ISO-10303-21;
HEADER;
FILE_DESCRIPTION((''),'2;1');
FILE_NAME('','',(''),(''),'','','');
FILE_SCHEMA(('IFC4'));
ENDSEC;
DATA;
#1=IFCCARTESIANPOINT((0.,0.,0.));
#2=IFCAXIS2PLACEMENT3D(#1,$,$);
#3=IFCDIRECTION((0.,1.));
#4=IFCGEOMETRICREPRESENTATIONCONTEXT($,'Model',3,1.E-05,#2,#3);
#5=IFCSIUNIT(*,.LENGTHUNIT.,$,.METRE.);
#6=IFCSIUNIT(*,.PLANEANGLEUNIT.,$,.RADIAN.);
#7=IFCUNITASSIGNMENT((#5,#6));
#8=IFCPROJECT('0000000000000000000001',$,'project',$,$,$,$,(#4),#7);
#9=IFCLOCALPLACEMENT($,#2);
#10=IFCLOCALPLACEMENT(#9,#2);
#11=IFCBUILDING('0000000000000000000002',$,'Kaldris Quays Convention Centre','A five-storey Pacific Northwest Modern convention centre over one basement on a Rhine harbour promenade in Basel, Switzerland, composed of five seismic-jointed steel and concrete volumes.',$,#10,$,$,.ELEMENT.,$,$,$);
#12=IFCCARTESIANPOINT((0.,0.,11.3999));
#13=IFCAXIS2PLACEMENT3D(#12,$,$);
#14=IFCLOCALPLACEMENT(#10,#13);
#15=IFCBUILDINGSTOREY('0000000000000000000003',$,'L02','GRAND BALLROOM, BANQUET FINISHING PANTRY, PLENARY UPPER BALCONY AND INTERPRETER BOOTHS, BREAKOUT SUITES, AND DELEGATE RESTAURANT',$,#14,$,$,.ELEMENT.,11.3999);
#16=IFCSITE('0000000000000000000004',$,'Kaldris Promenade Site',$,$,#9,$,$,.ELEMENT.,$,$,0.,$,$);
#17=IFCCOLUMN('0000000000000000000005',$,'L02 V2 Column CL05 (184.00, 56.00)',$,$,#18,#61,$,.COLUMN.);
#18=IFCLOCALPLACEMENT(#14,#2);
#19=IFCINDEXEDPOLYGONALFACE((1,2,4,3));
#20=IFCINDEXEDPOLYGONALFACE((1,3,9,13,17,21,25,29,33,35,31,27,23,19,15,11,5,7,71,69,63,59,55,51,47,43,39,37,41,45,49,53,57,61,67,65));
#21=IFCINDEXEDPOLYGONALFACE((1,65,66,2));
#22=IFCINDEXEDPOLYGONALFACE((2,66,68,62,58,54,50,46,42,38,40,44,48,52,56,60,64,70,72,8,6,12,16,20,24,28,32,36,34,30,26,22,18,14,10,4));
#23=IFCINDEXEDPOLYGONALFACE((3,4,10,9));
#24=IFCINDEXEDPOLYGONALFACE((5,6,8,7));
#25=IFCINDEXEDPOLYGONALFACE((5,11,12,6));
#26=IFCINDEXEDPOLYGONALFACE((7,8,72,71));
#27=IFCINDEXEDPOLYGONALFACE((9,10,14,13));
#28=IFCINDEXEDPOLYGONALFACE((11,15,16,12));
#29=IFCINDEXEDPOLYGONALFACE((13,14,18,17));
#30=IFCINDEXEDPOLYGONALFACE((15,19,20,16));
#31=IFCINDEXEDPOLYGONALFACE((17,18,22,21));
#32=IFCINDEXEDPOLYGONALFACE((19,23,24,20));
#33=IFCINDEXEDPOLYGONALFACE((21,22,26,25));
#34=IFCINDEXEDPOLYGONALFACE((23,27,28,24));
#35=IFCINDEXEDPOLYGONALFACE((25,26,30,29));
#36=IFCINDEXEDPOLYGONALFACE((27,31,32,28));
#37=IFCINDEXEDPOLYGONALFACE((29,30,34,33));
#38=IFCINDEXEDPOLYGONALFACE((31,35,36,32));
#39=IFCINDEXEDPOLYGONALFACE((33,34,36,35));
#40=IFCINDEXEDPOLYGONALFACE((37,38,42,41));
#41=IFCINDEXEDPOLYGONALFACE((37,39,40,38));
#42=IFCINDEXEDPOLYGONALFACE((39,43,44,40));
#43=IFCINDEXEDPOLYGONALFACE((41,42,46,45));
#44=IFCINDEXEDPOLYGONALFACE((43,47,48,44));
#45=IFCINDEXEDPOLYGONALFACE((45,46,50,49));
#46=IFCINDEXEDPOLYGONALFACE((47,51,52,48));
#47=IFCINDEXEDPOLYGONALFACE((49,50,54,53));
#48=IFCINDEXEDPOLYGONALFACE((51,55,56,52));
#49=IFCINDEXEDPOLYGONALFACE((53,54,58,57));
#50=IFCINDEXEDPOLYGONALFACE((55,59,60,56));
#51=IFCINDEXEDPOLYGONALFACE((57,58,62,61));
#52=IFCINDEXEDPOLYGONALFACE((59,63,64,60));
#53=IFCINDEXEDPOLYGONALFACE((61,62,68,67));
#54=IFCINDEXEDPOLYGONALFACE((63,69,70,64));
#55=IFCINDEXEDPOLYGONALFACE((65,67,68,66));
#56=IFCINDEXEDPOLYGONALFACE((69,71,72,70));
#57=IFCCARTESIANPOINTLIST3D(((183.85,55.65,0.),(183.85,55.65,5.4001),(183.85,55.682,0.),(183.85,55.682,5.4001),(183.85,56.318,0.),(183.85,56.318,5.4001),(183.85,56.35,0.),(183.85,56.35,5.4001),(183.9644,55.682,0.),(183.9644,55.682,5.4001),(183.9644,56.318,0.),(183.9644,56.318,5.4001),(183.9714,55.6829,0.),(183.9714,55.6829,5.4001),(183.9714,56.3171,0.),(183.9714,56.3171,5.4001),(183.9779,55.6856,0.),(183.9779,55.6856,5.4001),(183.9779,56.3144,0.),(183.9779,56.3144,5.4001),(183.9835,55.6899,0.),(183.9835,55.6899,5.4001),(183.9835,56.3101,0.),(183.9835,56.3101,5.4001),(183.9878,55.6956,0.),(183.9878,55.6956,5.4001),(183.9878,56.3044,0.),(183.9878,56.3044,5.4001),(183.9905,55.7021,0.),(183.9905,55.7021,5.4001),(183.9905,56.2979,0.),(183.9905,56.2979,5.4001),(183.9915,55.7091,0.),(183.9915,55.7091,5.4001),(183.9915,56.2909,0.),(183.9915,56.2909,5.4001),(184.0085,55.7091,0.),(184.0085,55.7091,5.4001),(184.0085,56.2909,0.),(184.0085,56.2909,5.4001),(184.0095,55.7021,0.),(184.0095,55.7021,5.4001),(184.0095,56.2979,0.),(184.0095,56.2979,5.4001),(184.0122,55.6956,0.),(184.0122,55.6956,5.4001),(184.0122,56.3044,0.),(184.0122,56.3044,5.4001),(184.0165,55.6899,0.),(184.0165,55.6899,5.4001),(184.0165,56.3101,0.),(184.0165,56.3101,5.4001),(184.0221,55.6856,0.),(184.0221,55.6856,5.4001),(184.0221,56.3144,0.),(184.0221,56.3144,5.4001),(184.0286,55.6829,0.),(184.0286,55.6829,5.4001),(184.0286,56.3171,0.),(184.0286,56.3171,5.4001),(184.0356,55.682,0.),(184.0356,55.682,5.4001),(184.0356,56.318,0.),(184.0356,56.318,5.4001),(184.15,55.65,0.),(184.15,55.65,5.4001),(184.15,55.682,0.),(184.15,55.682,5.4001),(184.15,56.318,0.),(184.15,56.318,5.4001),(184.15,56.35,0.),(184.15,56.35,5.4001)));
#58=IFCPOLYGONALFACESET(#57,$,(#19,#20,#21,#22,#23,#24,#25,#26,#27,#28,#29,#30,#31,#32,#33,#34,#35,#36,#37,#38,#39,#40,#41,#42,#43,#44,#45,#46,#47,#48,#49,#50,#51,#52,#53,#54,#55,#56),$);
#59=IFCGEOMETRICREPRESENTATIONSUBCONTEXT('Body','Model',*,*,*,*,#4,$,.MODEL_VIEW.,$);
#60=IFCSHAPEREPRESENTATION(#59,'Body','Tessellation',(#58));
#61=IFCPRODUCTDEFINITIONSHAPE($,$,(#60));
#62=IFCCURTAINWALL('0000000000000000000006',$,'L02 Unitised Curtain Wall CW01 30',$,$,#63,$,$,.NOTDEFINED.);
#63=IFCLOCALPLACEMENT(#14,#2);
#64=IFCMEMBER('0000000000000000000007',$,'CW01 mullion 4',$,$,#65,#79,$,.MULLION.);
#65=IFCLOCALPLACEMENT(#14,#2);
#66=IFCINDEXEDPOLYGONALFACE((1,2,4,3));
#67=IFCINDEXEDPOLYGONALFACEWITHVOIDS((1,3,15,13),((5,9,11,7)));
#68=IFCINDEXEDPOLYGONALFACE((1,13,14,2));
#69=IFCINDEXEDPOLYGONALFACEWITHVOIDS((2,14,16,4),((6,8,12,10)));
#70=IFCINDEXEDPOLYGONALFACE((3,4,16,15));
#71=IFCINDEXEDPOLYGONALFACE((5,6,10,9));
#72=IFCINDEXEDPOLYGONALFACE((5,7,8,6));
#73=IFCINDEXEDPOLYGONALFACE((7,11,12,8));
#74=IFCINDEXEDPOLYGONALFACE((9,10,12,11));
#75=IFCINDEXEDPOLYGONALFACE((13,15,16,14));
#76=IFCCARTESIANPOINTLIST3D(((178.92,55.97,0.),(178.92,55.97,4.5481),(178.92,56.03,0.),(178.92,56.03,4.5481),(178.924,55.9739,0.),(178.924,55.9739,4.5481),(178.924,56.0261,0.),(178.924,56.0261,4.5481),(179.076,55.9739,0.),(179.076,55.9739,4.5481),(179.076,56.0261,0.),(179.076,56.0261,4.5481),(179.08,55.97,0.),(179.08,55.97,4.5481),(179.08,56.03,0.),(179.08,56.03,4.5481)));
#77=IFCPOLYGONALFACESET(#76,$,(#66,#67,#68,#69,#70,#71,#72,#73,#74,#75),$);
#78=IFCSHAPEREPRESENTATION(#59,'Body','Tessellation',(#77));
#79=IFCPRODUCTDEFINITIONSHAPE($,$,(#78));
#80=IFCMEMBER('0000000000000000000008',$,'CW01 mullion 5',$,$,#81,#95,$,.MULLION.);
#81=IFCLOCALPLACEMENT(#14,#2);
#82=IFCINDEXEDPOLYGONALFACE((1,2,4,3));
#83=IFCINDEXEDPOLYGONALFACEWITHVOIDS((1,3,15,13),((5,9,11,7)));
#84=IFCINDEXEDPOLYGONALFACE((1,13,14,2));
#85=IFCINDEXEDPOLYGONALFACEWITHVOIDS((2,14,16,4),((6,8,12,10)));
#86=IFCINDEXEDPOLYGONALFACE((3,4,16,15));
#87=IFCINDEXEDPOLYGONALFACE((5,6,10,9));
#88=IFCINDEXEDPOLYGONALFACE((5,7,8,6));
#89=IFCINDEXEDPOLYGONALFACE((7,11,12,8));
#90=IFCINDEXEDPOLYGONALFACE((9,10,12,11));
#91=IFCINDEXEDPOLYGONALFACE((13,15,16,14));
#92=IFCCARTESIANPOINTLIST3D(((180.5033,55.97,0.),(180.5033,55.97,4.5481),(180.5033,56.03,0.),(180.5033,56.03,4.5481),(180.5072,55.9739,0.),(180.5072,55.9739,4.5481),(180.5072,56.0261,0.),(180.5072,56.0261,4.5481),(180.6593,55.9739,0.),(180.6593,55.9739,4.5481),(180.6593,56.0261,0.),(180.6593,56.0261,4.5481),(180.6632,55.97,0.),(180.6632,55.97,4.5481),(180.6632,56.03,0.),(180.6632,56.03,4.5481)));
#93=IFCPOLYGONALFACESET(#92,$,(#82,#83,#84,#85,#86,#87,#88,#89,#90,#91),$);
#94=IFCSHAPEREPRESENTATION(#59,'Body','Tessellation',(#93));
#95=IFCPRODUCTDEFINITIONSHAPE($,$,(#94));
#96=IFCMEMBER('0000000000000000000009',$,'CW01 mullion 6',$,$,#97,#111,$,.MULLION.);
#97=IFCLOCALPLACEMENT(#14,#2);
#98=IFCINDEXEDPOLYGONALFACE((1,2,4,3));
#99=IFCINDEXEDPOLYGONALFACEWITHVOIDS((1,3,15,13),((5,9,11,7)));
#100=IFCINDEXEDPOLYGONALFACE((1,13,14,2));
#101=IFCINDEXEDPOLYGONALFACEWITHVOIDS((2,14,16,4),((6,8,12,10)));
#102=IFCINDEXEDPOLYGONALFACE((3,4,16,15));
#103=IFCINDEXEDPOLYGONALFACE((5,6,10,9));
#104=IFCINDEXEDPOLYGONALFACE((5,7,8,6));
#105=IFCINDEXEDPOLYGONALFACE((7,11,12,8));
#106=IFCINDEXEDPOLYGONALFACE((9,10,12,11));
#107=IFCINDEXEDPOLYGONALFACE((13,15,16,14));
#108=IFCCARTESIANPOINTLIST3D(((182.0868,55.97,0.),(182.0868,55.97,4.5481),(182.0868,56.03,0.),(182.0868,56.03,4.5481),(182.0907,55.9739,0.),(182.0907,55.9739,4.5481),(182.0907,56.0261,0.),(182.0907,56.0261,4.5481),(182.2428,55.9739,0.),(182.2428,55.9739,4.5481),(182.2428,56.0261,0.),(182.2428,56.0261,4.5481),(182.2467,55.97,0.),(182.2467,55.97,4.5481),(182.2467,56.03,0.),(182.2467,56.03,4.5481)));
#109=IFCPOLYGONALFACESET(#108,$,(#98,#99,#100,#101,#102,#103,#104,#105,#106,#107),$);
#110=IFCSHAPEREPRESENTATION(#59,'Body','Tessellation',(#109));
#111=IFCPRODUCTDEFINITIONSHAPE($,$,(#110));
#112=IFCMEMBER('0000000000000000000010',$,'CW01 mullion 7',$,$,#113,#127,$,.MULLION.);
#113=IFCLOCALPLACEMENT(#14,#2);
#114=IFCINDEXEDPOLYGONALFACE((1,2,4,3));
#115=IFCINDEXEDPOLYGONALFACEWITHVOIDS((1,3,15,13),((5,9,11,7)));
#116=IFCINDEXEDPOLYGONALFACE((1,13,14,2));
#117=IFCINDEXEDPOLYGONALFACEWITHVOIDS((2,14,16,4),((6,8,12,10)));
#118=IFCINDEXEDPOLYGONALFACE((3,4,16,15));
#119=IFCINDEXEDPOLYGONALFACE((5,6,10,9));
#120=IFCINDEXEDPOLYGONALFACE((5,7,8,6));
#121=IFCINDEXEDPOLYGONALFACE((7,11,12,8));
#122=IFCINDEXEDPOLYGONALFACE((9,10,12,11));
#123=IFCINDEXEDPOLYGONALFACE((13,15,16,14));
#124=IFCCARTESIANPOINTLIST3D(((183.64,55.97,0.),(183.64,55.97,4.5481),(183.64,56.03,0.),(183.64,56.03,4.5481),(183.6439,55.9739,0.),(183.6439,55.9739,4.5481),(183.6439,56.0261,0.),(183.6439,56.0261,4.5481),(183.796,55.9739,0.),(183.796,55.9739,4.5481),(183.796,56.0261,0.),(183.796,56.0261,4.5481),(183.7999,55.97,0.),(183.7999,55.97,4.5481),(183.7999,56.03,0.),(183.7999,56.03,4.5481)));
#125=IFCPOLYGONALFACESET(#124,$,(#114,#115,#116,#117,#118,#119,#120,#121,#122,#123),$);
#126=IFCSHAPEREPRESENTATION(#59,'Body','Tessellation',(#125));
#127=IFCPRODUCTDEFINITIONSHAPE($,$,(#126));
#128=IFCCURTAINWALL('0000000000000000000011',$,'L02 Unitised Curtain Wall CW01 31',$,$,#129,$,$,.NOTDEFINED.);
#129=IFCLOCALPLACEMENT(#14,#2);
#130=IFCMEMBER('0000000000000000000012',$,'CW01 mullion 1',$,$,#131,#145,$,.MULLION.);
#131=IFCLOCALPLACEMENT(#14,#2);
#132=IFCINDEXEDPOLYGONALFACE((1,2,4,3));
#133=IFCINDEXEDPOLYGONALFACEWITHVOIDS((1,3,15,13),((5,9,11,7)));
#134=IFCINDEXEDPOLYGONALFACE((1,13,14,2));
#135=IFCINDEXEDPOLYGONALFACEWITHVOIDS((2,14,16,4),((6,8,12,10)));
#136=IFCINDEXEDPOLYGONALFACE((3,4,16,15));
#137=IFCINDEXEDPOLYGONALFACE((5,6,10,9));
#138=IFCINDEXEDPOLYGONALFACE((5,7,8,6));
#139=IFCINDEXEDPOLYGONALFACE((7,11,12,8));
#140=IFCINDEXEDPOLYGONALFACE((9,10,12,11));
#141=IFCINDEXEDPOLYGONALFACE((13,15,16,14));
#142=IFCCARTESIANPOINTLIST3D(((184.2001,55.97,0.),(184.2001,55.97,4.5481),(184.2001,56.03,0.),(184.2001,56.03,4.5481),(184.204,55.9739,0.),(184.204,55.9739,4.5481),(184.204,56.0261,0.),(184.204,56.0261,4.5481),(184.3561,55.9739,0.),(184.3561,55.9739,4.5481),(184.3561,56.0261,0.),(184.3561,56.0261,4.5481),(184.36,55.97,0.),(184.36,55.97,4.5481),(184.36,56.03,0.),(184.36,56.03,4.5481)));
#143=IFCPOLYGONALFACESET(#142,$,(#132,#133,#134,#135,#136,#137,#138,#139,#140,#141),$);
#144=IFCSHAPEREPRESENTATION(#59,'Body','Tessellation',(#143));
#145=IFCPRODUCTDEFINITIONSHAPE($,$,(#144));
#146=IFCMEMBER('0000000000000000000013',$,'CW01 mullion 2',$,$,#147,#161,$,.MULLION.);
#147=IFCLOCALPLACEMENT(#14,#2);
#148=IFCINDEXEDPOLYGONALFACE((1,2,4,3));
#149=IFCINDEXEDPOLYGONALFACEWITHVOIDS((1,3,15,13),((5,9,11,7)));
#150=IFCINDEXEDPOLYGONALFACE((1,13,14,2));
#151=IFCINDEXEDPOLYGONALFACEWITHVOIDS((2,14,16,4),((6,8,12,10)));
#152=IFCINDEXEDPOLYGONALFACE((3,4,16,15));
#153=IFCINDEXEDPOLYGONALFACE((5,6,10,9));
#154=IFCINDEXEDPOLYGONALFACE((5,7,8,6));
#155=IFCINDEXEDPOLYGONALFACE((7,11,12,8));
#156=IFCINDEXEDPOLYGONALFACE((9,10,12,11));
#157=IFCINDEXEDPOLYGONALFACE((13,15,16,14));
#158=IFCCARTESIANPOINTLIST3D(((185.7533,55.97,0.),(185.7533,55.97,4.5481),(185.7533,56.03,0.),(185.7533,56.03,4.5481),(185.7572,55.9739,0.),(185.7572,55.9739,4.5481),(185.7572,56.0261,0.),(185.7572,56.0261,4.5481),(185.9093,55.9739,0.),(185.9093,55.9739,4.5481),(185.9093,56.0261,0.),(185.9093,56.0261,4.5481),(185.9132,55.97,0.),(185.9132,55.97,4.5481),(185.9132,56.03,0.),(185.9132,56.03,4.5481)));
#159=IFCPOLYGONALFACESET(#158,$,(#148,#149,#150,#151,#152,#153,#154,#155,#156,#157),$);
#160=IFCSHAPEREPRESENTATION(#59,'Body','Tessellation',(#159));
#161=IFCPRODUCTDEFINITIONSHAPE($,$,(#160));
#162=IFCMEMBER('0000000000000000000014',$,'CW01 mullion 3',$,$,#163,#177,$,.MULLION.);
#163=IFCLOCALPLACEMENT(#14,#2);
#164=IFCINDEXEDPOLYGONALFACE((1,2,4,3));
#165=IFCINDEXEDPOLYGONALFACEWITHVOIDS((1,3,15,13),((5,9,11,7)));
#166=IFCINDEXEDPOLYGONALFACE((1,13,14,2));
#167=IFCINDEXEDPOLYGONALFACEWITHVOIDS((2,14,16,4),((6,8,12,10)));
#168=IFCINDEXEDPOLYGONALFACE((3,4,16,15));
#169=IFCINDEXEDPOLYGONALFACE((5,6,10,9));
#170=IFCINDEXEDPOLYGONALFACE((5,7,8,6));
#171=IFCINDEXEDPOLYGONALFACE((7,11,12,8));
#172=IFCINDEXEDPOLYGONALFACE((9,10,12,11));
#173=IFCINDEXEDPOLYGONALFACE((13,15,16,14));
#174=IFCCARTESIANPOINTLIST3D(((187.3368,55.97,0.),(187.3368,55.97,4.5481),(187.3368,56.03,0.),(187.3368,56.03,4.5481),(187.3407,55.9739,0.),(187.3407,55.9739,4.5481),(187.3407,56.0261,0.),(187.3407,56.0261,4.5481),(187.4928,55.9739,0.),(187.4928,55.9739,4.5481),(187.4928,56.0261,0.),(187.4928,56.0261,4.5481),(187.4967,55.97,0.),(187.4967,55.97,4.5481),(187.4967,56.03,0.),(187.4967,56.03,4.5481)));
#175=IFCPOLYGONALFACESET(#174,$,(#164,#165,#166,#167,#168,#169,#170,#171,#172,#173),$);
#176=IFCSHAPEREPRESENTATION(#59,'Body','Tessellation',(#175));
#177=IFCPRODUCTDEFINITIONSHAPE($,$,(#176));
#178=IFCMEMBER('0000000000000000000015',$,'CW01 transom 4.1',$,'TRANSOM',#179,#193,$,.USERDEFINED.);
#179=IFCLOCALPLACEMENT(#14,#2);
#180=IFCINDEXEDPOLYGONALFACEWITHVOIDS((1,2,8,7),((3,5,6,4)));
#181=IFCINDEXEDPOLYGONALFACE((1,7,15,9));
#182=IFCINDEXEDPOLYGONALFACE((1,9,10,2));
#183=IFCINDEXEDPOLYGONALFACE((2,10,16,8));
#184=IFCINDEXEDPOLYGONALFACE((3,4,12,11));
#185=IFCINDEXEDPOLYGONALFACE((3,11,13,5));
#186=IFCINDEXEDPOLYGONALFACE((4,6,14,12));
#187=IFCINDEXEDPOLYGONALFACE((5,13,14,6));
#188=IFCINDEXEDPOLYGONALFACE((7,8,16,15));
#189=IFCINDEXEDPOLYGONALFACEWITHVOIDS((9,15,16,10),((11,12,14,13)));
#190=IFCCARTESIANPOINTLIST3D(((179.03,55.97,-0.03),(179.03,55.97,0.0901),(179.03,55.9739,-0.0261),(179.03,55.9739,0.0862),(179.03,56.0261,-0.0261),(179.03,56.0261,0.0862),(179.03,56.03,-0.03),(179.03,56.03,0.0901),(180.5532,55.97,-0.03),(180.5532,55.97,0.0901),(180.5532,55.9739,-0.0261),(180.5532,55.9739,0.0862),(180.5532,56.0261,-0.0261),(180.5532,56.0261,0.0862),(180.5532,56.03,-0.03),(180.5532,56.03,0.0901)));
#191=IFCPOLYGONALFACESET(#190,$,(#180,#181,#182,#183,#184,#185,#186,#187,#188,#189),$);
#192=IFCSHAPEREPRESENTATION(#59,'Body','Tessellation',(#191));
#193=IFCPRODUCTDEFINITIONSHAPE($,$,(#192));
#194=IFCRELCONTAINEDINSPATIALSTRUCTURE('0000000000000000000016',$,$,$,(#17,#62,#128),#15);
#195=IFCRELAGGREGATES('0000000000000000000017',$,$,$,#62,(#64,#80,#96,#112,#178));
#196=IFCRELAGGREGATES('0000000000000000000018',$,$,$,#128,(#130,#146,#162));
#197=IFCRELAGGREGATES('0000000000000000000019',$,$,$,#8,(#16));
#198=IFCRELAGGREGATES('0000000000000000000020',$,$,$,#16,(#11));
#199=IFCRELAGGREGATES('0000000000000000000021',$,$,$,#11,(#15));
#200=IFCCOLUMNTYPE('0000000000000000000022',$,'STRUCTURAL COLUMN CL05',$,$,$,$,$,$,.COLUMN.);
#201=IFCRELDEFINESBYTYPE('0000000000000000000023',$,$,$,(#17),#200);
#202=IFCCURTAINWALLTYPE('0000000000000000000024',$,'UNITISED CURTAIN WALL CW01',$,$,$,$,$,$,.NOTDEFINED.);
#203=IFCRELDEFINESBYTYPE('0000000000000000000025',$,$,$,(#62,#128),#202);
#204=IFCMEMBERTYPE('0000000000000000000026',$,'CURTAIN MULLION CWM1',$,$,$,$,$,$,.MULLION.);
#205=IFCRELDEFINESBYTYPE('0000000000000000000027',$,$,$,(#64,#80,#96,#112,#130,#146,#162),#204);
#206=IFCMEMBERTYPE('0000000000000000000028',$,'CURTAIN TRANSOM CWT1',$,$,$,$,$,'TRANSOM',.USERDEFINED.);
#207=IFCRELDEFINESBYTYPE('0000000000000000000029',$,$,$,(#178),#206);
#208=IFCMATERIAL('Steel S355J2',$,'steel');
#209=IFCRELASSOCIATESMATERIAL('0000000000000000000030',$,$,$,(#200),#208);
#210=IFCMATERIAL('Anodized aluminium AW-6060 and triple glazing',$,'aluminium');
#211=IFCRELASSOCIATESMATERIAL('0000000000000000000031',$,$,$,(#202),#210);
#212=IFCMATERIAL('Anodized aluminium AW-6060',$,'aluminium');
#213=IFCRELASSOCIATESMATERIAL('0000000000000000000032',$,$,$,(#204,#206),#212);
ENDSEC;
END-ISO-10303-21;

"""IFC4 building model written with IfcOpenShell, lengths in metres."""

from ifc_helpers import new_model, si_unit, direction, frame, origin, origin_2d, place, context, subcontext, project, spatial, hollow_rectangle, i_section, extrude, material, material_profile, profile_set, type_object, element, aggregate, save


model = new_model("IFC4")

# Units and contexts
model_context = context("Model", 3, precision=1e-05, world=origin(), true_north=direction((0.0, 1.0)))
body_context = subcontext(model_context, "Body", "Model", "MODEL_VIEW")
ifc_project = project(units=[si_unit("LENGTHUNIT", "METRE"), si_unit("PLANEANGLEUNIT", "RADIAN")], contexts=[model_context])

# Site, building, storey
site_placement = place(None, origin())
site = spatial("IfcSite", under=ifc_project, at=site_placement, Name="Kaldris Promenade Site", CompositionType="ELEMENT", RefElevation=0.0)
building_placement = place(site_placement, origin())
building = spatial("IfcBuilding", under=site, at=building_placement, Name="Kaldris Quays Convention Centre", Description="A five-storey Pacific Northwest Modern convention centre over one basement on a Rhine harbour promenade in Basel, Switzerland, composed of five seismic-jointed steel and concrete volumes.", CompositionType="ELEMENT")
storey_placement = place(building_placement, frame((0.0, 0.0, 11.3999)))
storey = spatial("IfcBuildingStorey", under=building, at=storey_placement, Name="L02", Description="GRAND BALLROOM, BANQUET FINISHING PANTRY, PLENARY UPPER BALCONY AND INTERPRETER BOOTHS, BREAKOUT SUITES, AND DELEGATE RESTAURANT", CompositionType="ELEMENT", Elevation=11.3999)

# Column
ifc_material_1 = material(Name="Steel S355J2", Category="steel")
ifc_material_profile_1 = material_profile(ifc_material_1, i_section(OverallWidth=0.3, OverallDepth=0.7, WebThickness=0.0171, FlangeThickness=0.032, FilletRadius=0.0271, at=origin_2d()), Name="HEB 700")
ifc_profile_set_1 = profile_set([ifc_material_profile_1], Name="Steel S355J2")
column_type = type_object("IfcColumnType", Name="STRUCTURAL COLUMN CL05", PredefinedType="COLUMN", material=ifc_profile_set_1)
column_placement = place(storey_placement, frame((184.0, 56.0, 0.0), z_axis=(0.0, 0.0, 1.0), x_axis=(1.0, 0.0, 0.0)))
element("IfcColumn", 1, at=column_placement, inside=storey, type_object=column_type, Name="L02 V2 Column CL05 (184.00, 56.00)", PredefinedType="COLUMN", context=body_context, shape_type="SweptSolid", body=[
    extrude(i_section(OverallWidth=0.3, OverallDepth=0.7, WebThickness=0.0171, FlangeThickness=0.032, FilletRadius=0.0271, at=origin_2d()), origin(), (0.0, 0.0, 1.0), 5.4001),
])

# Curtain walls, members
ifc_material_2 = material(Name="Anodized aluminium AW-6060 and triple glazing", Category="aluminium")
curtain_wall_type = type_object("IfcCurtainWallType", Name="UNITISED CURTAIN WALL CW01", PredefinedType="NOTDEFINED", material=ifc_material_2)
curtain_wall_1_placement = place(storey_placement, origin())
curtain_wall_1 = element("IfcCurtainWall", 2, at=curtain_wall_1_placement, inside=storey, type_object=curtain_wall_type, Name="L02 Unitised Curtain Wall CW01 30", PredefinedType="NOTDEFINED")
ifc_material_3 = material(Name="Anodized aluminium AW-6060", Category="aluminium")
ifc_material_profile_2 = material_profile(ifc_material_3, hollow_rectangle(XDim=0.0601, YDim=0.1599, WallThickness=0.0039, at=origin_2d()), Name="RHS 160x60x4")
ifc_profile_set_2 = profile_set([ifc_material_profile_2], Name="Anodized aluminium AW-6060")
member_type_1 = type_object("IfcMemberType", Name="CURTAIN MULLION CWM1", PredefinedType="MULLION", material=ifc_profile_set_2)
member_1_placement = place(storey_placement, frame((179.0, 56.0, 0.0), z_axis=(0.0, 0.0, 1.0), x_axis=(0.0, 1.0, 0.0)))
member_1 = element("IfcMember", 3, at=member_1_placement, type_object=member_type_1, Name="CW01 mullion 4", PredefinedType="MULLION", context=body_context, shape_type="SweptSolid", body=[
    extrude(hollow_rectangle(XDim=0.0601, YDim=0.1599, WallThickness=0.0039, at=origin_2d()), origin(), (0.0, 0.0, 1.0), 4.5481),
])
member_2_placement = place(storey_placement, frame((180.5833, 56.0, 0.0), z_axis=(0.0, 0.0, 1.0), x_axis=(0.0, 1.0, 0.0)))
member_2 = element("IfcMember", 4, at=member_2_placement, type_object=member_type_1, Name="CW01 mullion 5", PredefinedType="MULLION", context=body_context, shape_type="SweptSolid", body=[
    extrude(hollow_rectangle(XDim=0.0601, YDim=0.1599, WallThickness=0.0039, at=origin_2d()), origin(), (0.0, 0.0, 1.0), 4.5481),
])
member_3_placement = place(storey_placement, frame((182.1667, 56.0, 0.0), z_axis=(0.0, 0.0, 1.0), x_axis=(0.0, 1.0, 0.0)))
member_3 = element("IfcMember", 5, at=member_3_placement, type_object=member_type_1, Name="CW01 mullion 6", PredefinedType="MULLION", context=body_context, shape_type="SweptSolid", body=[
    extrude(hollow_rectangle(XDim=0.0601, YDim=0.1599, WallThickness=0.0039, at=origin_2d()), origin(), (0.0, 0.0, 1.0), 4.5481),
])
member_4_placement = place(storey_placement, frame((183.72, 56.0, 0.0), z_axis=(0.0, 0.0, 1.0), x_axis=(0.0, 1.0, 0.0)))
member_4 = element("IfcMember", 6, at=member_4_placement, type_object=member_type_1, Name="CW01 mullion 7", PredefinedType="MULLION", context=body_context, shape_type="SweptSolid", body=[
    extrude(hollow_rectangle(XDim=0.0601, YDim=0.1599, WallThickness=0.0039, at=origin_2d()), origin(), (0.0, 0.0, 1.0), 4.5481),
])
curtain_wall_2_placement = place(storey_placement, origin())
curtain_wall_2 = element("IfcCurtainWall", 7, at=curtain_wall_2_placement, inside=storey, type_object=curtain_wall_type, Name="L02 Unitised Curtain Wall CW01 31", PredefinedType="NOTDEFINED")
member_5_placement = place(storey_placement, frame((184.28, 56.0, 0.0), z_axis=(0.0, 0.0, 1.0), x_axis=(0.0, 1.0, 0.0)))
member_5 = element("IfcMember", 8, at=member_5_placement, type_object=member_type_1, Name="CW01 mullion 1", PredefinedType="MULLION", context=body_context, shape_type="SweptSolid", body=[
    extrude(hollow_rectangle(XDim=0.0601, YDim=0.1599, WallThickness=0.0039, at=origin_2d()), origin(), (0.0, 0.0, 1.0), 4.5481),
])
member_6_placement = place(storey_placement, frame((185.8333, 56.0, 0.0), z_axis=(0.0, 0.0, 1.0), x_axis=(0.0, 1.0, 0.0)))
member_6 = element("IfcMember", 9, at=member_6_placement, type_object=member_type_1, Name="CW01 mullion 2", PredefinedType="MULLION", context=body_context, shape_type="SweptSolid", body=[
    extrude(hollow_rectangle(XDim=0.0601, YDim=0.1599, WallThickness=0.0039, at=origin_2d()), origin(), (0.0, 0.0, 1.0), 4.5481),
])
member_7_placement = place(storey_placement, frame((187.4167, 56.0, 0.0), z_axis=(0.0, 0.0, 1.0), x_axis=(0.0, 1.0, 0.0)))
member_7 = element("IfcMember", 10, at=member_7_placement, type_object=member_type_1, Name="CW01 mullion 3", PredefinedType="MULLION", context=body_context, shape_type="SweptSolid", body=[
    extrude(hollow_rectangle(XDim=0.0601, YDim=0.1599, WallThickness=0.0039, at=origin_2d()), origin(), (0.0, 0.0, 1.0), 4.5481),
])

# Member
ifc_material_profile_3 = material_profile(ifc_material_3, hollow_rectangle(XDim=0.0601, YDim=0.1201, WallThickness=0.0039, at=origin_2d()), Name="RHS 120x60x4")
ifc_profile_set_3 = profile_set([ifc_material_profile_3], Name="Anodized aluminium AW-6060")
member_type_2 = type_object("IfcMemberType", Name="CURTAIN TRANSOM CWT1", ElementType="TRANSOM", PredefinedType="USERDEFINED", material=ifc_profile_set_3)
member_8_placement = place(storey_placement, frame((179.03, 56.0, 0.03), z_axis=(1.0, 0.0, 0.0), x_axis=(0.0, 1.0, 0.0)))
member_8 = element("IfcMember", 11, at=member_8_placement, type_object=member_type_2, Name="CW01 transom 4.1", ObjectType="TRANSOM", PredefinedType="USERDEFINED", context=body_context, shape_type="SweptSolid", body=[
    extrude(hollow_rectangle(XDim=0.0601, YDim=0.1201, WallThickness=0.0039, at=origin_2d()), origin(), (0.0, 0.0, 1.0), 1.5232),
])

aggregate(curtain_wall_1, [member_1, member_2, member_3, member_4, member_8])
aggregate(curtain_wall_2, [member_5, member_6, member_7])

save(model, "model.ifc")
